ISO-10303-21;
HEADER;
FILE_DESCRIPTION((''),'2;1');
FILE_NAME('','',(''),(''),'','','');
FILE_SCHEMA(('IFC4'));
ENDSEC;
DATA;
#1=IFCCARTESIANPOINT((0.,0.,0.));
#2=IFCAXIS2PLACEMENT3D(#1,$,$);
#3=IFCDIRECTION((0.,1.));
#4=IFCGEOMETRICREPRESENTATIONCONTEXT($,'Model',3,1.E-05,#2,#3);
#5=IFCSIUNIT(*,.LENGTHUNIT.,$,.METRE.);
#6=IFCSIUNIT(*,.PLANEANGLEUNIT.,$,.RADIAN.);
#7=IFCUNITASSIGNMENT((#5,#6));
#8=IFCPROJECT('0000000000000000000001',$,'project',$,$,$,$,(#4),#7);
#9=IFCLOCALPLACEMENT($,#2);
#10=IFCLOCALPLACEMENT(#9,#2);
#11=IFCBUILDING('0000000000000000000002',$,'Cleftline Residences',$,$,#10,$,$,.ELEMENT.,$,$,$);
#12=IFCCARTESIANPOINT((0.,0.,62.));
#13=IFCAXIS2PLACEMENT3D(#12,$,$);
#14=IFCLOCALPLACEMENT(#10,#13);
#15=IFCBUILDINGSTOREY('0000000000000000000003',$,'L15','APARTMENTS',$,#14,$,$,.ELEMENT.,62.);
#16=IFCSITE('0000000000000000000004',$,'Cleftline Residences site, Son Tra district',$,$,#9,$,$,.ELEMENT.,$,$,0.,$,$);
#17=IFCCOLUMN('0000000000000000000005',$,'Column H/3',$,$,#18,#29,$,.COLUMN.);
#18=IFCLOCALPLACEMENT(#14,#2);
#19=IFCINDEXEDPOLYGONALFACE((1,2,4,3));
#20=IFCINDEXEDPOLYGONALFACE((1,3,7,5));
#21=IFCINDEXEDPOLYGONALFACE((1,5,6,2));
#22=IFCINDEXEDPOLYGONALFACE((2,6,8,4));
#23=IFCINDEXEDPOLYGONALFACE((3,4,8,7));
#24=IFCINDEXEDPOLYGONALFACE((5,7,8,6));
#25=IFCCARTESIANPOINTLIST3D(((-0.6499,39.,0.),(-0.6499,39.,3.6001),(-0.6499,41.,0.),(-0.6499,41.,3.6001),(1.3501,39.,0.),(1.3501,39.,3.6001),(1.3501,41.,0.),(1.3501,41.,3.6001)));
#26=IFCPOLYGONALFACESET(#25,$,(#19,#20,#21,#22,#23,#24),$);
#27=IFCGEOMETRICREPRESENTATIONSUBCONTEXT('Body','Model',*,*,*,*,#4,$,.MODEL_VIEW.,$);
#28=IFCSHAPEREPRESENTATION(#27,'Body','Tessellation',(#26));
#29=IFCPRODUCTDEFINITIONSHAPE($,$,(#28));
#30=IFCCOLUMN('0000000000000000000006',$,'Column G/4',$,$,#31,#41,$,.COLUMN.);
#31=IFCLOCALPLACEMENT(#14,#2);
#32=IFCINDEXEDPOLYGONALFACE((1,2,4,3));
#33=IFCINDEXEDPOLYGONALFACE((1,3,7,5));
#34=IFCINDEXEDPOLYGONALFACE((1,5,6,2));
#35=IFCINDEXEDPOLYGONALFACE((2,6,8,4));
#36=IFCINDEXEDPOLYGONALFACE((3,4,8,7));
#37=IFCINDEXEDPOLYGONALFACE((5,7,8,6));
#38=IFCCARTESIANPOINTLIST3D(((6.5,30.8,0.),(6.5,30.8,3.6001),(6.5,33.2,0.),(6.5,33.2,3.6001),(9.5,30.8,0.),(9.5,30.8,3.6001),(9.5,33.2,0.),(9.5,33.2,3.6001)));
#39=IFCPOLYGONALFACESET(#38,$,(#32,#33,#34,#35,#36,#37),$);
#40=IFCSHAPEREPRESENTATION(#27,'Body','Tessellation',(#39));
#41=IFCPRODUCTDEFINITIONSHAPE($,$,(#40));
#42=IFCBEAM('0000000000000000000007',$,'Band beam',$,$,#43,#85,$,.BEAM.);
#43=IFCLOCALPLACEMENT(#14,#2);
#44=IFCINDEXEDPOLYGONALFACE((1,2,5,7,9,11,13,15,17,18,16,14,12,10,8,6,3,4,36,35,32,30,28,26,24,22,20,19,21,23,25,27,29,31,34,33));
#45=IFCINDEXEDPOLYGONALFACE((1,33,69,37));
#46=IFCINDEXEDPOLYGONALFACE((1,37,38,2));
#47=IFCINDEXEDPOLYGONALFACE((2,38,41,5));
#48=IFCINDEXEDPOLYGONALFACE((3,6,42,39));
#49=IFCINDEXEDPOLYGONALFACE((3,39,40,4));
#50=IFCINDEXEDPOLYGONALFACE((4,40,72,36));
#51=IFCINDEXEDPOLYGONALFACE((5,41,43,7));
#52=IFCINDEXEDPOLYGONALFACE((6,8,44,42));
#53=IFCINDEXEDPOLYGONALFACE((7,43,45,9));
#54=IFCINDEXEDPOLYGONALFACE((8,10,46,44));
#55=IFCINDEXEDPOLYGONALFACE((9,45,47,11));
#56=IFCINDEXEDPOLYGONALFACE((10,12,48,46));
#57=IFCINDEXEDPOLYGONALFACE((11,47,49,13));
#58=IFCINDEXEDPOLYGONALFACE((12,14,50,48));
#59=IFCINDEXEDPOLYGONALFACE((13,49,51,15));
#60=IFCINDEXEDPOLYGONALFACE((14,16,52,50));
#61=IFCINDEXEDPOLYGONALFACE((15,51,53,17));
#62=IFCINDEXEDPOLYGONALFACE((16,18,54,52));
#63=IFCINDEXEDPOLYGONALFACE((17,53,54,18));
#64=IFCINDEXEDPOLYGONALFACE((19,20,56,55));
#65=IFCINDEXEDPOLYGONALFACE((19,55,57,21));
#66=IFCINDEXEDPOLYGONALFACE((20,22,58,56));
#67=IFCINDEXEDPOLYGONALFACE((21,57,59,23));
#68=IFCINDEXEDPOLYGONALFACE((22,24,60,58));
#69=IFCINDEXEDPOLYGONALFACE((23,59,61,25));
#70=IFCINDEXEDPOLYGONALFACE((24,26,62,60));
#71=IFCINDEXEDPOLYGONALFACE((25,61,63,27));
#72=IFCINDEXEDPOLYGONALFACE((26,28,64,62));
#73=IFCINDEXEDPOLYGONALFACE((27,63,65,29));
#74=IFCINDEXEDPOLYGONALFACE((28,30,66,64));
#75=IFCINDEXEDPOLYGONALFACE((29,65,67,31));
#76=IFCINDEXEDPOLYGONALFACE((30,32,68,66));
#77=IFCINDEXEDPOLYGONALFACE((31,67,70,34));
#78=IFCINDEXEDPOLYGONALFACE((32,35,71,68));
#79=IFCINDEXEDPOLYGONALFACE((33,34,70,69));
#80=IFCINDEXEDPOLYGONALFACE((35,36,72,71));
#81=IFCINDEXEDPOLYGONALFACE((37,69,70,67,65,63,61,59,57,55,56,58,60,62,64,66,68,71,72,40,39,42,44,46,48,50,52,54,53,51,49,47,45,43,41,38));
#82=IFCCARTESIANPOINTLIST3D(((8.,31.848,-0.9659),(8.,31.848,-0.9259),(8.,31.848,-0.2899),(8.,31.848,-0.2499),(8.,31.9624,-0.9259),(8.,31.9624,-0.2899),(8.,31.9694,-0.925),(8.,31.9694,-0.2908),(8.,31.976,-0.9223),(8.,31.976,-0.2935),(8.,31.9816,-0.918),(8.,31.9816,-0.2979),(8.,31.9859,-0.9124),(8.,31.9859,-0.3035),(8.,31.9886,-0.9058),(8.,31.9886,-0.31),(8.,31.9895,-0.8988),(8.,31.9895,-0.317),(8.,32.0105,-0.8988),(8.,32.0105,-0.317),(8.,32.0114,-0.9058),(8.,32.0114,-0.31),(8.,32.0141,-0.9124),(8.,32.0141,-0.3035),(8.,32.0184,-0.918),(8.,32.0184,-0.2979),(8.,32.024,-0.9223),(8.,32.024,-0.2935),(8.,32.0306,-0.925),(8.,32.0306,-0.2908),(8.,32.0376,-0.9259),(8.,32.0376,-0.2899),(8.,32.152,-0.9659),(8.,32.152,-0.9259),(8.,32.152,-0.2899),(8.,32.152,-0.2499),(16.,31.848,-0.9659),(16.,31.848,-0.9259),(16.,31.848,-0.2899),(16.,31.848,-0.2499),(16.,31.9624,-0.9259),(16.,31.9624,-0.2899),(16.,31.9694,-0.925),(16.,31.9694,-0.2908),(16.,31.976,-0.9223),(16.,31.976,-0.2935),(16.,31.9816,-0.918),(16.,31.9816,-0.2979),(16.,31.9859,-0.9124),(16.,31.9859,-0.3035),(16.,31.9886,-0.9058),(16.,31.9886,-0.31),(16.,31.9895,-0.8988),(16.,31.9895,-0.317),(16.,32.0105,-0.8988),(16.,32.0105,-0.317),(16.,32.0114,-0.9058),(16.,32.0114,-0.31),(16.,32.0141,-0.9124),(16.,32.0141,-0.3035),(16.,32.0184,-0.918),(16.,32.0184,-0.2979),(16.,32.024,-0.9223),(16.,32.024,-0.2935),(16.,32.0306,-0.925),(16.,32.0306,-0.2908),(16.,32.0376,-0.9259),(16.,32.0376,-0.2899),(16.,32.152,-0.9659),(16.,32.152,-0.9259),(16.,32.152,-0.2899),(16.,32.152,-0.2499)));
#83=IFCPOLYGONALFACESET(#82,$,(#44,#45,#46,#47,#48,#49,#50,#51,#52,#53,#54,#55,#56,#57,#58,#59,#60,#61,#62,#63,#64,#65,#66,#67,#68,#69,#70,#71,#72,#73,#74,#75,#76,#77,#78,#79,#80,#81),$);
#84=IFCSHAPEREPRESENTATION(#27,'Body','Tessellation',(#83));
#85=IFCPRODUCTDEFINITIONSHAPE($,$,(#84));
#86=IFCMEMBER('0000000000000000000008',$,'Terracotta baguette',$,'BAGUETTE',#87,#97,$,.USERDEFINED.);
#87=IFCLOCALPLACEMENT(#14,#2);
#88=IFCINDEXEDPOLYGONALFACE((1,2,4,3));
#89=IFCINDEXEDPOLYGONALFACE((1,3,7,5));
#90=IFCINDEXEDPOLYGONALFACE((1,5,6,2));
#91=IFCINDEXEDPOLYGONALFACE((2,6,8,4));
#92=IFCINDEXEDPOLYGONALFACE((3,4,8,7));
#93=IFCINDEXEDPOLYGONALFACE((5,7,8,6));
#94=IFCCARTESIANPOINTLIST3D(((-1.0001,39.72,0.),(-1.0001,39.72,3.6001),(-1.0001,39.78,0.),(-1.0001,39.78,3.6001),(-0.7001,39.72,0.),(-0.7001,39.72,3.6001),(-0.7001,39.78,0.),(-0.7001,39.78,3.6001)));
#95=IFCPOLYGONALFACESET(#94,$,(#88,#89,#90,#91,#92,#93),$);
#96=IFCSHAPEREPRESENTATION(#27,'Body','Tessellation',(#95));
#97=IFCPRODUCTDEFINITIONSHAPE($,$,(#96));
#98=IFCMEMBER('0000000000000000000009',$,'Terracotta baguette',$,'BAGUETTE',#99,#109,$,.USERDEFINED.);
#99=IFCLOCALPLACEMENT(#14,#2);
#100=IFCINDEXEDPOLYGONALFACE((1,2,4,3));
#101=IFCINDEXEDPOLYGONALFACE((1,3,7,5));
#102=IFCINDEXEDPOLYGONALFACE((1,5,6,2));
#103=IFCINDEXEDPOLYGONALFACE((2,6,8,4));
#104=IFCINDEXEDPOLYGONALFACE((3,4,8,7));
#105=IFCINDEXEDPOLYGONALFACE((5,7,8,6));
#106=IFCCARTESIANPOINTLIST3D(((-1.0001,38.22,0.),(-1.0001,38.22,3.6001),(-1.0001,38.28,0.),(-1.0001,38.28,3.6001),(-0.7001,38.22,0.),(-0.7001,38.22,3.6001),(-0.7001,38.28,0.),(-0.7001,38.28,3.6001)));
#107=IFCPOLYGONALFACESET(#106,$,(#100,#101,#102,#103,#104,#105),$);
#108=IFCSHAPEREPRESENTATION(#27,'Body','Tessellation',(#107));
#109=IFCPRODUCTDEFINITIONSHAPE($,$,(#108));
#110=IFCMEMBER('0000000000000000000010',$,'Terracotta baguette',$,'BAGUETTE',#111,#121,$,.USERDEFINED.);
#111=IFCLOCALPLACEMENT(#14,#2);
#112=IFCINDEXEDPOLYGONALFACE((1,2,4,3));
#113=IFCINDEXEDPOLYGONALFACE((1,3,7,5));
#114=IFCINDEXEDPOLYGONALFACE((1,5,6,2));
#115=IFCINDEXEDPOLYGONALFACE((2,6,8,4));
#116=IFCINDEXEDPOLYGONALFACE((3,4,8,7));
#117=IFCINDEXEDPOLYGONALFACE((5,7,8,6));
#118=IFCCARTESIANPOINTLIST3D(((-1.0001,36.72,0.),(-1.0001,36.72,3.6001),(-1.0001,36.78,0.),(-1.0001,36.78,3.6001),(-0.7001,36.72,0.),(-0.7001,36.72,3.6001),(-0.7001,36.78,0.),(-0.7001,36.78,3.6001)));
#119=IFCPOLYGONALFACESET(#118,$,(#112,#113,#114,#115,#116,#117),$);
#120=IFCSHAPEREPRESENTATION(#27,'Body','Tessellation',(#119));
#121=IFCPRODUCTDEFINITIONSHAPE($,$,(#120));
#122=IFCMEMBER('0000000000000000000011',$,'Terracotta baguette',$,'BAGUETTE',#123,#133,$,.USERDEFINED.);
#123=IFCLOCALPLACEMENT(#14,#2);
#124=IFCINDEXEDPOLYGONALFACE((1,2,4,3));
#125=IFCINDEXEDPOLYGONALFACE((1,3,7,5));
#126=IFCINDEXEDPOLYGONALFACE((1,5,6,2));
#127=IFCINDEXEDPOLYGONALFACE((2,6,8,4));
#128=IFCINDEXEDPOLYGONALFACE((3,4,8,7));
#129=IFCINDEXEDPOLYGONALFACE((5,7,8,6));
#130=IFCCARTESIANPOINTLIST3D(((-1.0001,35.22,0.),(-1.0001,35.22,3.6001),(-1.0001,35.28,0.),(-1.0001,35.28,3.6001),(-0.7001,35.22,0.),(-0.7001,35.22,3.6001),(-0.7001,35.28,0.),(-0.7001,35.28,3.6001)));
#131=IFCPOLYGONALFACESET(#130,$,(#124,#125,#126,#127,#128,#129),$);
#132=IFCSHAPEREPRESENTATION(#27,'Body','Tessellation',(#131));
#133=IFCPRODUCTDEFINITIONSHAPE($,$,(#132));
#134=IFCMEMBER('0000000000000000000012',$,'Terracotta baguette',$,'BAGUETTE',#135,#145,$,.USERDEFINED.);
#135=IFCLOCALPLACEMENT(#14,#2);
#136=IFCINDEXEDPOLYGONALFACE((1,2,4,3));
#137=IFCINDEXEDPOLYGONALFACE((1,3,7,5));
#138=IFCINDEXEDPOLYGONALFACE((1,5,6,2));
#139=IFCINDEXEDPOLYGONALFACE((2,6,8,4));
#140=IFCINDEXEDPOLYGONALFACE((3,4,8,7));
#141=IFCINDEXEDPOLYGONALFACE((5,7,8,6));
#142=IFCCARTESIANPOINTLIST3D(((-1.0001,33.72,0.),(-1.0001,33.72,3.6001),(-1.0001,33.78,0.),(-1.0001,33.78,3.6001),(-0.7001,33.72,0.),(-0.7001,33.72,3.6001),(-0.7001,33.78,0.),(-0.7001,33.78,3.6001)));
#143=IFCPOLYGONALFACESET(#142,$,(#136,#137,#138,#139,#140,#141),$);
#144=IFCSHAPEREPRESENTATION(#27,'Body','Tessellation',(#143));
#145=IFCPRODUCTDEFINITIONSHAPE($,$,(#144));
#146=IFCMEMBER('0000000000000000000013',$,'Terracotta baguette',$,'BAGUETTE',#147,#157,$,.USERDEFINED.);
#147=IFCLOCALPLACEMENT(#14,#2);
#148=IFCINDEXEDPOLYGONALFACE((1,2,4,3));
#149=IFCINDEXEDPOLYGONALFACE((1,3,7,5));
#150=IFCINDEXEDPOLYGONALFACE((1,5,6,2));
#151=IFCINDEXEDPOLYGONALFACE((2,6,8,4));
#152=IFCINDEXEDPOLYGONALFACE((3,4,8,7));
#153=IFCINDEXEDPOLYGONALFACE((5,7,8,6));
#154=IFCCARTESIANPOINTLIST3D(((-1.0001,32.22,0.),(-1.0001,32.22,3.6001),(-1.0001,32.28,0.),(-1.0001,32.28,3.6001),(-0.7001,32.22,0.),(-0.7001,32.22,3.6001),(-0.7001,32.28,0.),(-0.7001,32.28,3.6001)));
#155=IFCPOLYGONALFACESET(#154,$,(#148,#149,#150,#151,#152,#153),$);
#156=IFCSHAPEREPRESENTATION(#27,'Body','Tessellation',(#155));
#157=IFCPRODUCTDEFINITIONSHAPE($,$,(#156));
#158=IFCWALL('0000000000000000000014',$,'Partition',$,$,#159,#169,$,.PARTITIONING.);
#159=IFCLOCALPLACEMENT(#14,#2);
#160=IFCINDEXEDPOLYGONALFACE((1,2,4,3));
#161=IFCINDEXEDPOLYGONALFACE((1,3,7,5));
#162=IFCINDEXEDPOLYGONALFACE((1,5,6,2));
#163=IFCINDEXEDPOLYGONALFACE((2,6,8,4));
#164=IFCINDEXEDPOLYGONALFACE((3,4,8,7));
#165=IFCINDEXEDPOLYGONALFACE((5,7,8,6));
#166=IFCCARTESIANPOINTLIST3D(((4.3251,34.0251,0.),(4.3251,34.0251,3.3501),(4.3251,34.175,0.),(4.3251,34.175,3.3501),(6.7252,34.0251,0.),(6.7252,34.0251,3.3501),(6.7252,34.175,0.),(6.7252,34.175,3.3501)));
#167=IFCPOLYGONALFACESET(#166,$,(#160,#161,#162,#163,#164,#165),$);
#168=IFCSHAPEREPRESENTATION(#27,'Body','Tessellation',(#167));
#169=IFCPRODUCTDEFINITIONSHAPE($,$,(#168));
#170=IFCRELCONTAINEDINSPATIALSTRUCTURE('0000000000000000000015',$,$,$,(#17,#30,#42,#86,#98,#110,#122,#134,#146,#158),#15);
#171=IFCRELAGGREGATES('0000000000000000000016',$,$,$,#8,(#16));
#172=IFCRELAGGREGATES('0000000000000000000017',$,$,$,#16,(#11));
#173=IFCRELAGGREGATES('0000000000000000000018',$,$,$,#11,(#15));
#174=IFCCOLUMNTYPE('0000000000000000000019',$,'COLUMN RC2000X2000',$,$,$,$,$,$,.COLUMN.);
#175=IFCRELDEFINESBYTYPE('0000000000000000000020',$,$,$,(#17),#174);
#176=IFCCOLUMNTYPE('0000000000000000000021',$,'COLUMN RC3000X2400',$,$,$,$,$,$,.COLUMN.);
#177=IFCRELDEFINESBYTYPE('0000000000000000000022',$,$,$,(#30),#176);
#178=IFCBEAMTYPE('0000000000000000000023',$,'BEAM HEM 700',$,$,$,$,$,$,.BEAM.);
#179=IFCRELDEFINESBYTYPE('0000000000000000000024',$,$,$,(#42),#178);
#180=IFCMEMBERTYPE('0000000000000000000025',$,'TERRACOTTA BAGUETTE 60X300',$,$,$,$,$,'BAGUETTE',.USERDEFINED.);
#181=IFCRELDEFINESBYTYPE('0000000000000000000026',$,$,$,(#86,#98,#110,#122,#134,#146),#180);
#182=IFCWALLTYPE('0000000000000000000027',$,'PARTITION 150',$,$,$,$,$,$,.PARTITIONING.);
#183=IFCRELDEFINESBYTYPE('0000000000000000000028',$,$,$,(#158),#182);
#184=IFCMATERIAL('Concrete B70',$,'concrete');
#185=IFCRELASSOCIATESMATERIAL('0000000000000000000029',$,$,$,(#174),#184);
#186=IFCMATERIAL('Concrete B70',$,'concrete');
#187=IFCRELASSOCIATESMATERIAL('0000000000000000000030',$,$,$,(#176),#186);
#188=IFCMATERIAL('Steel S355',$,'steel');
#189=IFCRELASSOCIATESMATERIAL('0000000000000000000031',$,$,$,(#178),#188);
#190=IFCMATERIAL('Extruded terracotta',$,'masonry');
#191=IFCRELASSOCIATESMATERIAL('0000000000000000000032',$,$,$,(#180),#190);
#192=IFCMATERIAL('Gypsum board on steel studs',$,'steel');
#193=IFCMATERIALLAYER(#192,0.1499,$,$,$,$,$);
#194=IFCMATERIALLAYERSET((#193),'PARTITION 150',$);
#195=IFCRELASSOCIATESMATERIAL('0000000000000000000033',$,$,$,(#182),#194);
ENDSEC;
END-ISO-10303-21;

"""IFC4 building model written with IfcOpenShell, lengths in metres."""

from ifc_helpers import new_model, si_unit, direction, frame, frame_2d, origin, origin_2d, place, context, subcontext, project, spatial, rectangle, i_section, extrude, material, layer, layer_set, material_profile, profile_set, type_object, element, save


model = new_model("IFC4")

# Units and contexts
model_context = context("Model", 3, precision=1e-05, world=origin(), true_north=direction((0.0, 1.0)))
body_context = subcontext(model_context, "Body", "Model", "MODEL_VIEW")
ifc_project = project(units=[si_unit("LENGTHUNIT", "METRE"), si_unit("PLANEANGLEUNIT", "RADIAN")], contexts=[model_context])

# Site, building, storey
site_placement = place(None, origin())
site = spatial("IfcSite", under=ifc_project, at=site_placement, Name="Cleftline Residences site, Son Tra district", CompositionType="ELEMENT", RefElevation=0.0)
building_placement = place(site_placement, origin())
building = spatial("IfcBuilding", under=site, at=building_placement, Name="Cleftline Residences", CompositionType="ELEMENT")
storey_placement = place(building_placement, frame((0.0, 0.0, 62.0)))
storey = spatial("IfcBuildingStorey", under=building, at=storey_placement, Name="L15", Description="APARTMENTS", CompositionType="ELEMENT", Elevation=62.0)

# Columns
ifc_material_1 = material(Name="Concrete B70", Category="concrete")
ifc_material_profile_1 = material_profile(ifc_material_1, rectangle(XDim=2.0, YDim=2.0, at=origin_2d()))
ifc_profile_set_1 = profile_set([ifc_material_profile_1], Name="Concrete B70")
column_type_1 = type_object("IfcColumnType", Name="COLUMN RC2000X2000", PredefinedType="COLUMN", material=ifc_profile_set_1)
column_1_placement = place(storey_placement, frame((0.3501, 40.0, 0.0), z_axis=(0.0, 0.0, 1.0), x_axis=(1.0, 0.0, 0.0)))
element("IfcColumn", 1, at=column_1_placement, inside=storey, type_object=column_type_1, Name="Column H/3", PredefinedType="COLUMN", context=body_context, shape_type="SweptSolid", body=[
    extrude(rectangle(XDim=2.0, YDim=2.0, at=origin_2d()), origin(), (0.0, 0.0, 1.0), 3.6001),
])
ifc_material_2 = material(Name="Concrete B70", Category="concrete")
ifc_material_profile_2 = material_profile(ifc_material_2, rectangle(XDim=3.0, YDim=2.3999, at=origin_2d()))
ifc_profile_set_2 = profile_set([ifc_material_profile_2], Name="Concrete B70")
column_type_2 = type_object("IfcColumnType", Name="COLUMN RC3000X2400", PredefinedType="COLUMN", material=ifc_profile_set_2)
column_2_placement = place(storey_placement, frame((8.0, 32.0, 0.0), z_axis=(0.0, 0.0, 1.0), x_axis=(1.0, 0.0, 0.0)))
element("IfcColumn", 2, at=column_2_placement, inside=storey, type_object=column_type_2, Name="Column G/4", PredefinedType="COLUMN", context=body_context, shape_type="SweptSolid", body=[
    extrude(rectangle(XDim=3.0, YDim=2.3999, at=origin_2d()), origin(), (0.0, 0.0, 1.0), 3.6001),
])

# Beam
ifc_material_3 = material(Name="Steel S355", Category="steel")
ifc_material_profile_3 = material_profile(ifc_material_3, i_section(OverallWidth=0.304, OverallDepth=0.7161, WebThickness=0.021, FlangeThickness=0.04, FilletRadius=0.0271, at=origin_2d()))
ifc_profile_set_3 = profile_set([ifc_material_profile_3], Name="Steel S355")
beam_type = type_object("IfcBeamType", Name="BEAM HEM 700", PredefinedType="BEAM", material=ifc_profile_set_3)
beam_placement = place(storey_placement, frame((8.0, 32.0, -0.6079), z_axis=(1.0, 0.0, 0.0), x_axis=(0.0, 1.0, 0.0)))
element("IfcBeam", 3, at=beam_placement, inside=storey, type_object=beam_type, Name="Band beam", PredefinedType="BEAM", context=body_context, shape_type="SweptSolid", body=[
    extrude(i_section(OverallWidth=0.304, OverallDepth=0.7161, WebThickness=0.021, FlangeThickness=0.04, FilletRadius=0.0271, at=origin_2d()), origin(), (0.0, 0.0, 1.0), 8.0),
])

# Members
ifc_material_4 = material(Name="Extruded terracotta", Category="masonry")
ifc_material_profile_4 = material_profile(ifc_material_4, rectangle(XDim=0.0601, YDim=0.3, at=origin_2d()))
ifc_profile_set_4 = profile_set([ifc_material_profile_4], Name="Extruded terracotta")
member_type = type_object("IfcMemberType", Name="TERRACOTTA BAGUETTE 60X300", ElementType="BAGUETTE", PredefinedType="USERDEFINED", material=ifc_profile_set_4)
for number, where, z_axis, x_axis, name in (
    (4, (-0.8501, 39.75, 0.0), (0.0, 0.0, 1.0), (0.0, 1.0, 0.0), "Terracotta baguette"),
    (5, (-0.8501, 38.25, 0.0), (0.0, 0.0, 1.0), (0.0, 1.0, 0.0), "Terracotta baguette"),
    (6, (-0.8501, 36.75, 0.0), (0.0, 0.0, 1.0), (0.0, 1.0, 0.0), "Terracotta baguette"),
    (7, (-0.8501, 35.25, 0.0), (0.0, 0.0, 1.0), (0.0, 1.0, 0.0), "Terracotta baguette"),
    (8, (-0.8501, 33.75, 0.0), (0.0, 0.0, 1.0), (0.0, 1.0, 0.0), "Terracotta baguette"),
    (9, (-0.8501, 32.25, 0.0), (0.0, 0.0, 1.0), (0.0, 1.0, 0.0), "Terracotta baguette"),
):
    element("IfcMember", number, at=place(storey_placement, frame(where, z_axis=z_axis, x_axis=x_axis)), inside=storey, type_object=member_type, Name=name, ObjectType="BAGUETTE", PredefinedType="USERDEFINED", context=body_context, shape_type="SweptSolid", body=[
        extrude(rectangle(XDim=0.0601, YDim=0.3, at=origin_2d()), origin(), (0.0, 0.0, 1.0), 3.6001),
    ])

# Wall
ifc_material_5 = material(Name="Gypsum board on steel studs", Category="steel")
ifc_layer = layer(ifc_material_5, 0.1499)
ifc_layer_set = layer_set([ifc_layer], Name="PARTITION 150")
wall_type = type_object("IfcWallType", Name="PARTITION 150", PredefinedType="PARTITIONING", material=ifc_layer_set)
wall_1_placement = place(storey_placement, frame((4.325, 34.1001, 0.0), z_axis=(0.0, 0.0, 1.0), x_axis=(1.0, 0.0, 0.0)))
element("IfcWall", 10, at=wall_1_placement, inside=storey, type_object=wall_type, Name="Partition", PredefinedType="PARTITIONING", context=body_context, shape_type="SweptSolid", body=[
    extrude(rectangle(XDim=2.4001, YDim=0.1499, at=frame_2d((1.2002, 0.0))), origin(), (0.0, 0.0, 1.0), 3.3501),
])

save(model, "model.ifc")
